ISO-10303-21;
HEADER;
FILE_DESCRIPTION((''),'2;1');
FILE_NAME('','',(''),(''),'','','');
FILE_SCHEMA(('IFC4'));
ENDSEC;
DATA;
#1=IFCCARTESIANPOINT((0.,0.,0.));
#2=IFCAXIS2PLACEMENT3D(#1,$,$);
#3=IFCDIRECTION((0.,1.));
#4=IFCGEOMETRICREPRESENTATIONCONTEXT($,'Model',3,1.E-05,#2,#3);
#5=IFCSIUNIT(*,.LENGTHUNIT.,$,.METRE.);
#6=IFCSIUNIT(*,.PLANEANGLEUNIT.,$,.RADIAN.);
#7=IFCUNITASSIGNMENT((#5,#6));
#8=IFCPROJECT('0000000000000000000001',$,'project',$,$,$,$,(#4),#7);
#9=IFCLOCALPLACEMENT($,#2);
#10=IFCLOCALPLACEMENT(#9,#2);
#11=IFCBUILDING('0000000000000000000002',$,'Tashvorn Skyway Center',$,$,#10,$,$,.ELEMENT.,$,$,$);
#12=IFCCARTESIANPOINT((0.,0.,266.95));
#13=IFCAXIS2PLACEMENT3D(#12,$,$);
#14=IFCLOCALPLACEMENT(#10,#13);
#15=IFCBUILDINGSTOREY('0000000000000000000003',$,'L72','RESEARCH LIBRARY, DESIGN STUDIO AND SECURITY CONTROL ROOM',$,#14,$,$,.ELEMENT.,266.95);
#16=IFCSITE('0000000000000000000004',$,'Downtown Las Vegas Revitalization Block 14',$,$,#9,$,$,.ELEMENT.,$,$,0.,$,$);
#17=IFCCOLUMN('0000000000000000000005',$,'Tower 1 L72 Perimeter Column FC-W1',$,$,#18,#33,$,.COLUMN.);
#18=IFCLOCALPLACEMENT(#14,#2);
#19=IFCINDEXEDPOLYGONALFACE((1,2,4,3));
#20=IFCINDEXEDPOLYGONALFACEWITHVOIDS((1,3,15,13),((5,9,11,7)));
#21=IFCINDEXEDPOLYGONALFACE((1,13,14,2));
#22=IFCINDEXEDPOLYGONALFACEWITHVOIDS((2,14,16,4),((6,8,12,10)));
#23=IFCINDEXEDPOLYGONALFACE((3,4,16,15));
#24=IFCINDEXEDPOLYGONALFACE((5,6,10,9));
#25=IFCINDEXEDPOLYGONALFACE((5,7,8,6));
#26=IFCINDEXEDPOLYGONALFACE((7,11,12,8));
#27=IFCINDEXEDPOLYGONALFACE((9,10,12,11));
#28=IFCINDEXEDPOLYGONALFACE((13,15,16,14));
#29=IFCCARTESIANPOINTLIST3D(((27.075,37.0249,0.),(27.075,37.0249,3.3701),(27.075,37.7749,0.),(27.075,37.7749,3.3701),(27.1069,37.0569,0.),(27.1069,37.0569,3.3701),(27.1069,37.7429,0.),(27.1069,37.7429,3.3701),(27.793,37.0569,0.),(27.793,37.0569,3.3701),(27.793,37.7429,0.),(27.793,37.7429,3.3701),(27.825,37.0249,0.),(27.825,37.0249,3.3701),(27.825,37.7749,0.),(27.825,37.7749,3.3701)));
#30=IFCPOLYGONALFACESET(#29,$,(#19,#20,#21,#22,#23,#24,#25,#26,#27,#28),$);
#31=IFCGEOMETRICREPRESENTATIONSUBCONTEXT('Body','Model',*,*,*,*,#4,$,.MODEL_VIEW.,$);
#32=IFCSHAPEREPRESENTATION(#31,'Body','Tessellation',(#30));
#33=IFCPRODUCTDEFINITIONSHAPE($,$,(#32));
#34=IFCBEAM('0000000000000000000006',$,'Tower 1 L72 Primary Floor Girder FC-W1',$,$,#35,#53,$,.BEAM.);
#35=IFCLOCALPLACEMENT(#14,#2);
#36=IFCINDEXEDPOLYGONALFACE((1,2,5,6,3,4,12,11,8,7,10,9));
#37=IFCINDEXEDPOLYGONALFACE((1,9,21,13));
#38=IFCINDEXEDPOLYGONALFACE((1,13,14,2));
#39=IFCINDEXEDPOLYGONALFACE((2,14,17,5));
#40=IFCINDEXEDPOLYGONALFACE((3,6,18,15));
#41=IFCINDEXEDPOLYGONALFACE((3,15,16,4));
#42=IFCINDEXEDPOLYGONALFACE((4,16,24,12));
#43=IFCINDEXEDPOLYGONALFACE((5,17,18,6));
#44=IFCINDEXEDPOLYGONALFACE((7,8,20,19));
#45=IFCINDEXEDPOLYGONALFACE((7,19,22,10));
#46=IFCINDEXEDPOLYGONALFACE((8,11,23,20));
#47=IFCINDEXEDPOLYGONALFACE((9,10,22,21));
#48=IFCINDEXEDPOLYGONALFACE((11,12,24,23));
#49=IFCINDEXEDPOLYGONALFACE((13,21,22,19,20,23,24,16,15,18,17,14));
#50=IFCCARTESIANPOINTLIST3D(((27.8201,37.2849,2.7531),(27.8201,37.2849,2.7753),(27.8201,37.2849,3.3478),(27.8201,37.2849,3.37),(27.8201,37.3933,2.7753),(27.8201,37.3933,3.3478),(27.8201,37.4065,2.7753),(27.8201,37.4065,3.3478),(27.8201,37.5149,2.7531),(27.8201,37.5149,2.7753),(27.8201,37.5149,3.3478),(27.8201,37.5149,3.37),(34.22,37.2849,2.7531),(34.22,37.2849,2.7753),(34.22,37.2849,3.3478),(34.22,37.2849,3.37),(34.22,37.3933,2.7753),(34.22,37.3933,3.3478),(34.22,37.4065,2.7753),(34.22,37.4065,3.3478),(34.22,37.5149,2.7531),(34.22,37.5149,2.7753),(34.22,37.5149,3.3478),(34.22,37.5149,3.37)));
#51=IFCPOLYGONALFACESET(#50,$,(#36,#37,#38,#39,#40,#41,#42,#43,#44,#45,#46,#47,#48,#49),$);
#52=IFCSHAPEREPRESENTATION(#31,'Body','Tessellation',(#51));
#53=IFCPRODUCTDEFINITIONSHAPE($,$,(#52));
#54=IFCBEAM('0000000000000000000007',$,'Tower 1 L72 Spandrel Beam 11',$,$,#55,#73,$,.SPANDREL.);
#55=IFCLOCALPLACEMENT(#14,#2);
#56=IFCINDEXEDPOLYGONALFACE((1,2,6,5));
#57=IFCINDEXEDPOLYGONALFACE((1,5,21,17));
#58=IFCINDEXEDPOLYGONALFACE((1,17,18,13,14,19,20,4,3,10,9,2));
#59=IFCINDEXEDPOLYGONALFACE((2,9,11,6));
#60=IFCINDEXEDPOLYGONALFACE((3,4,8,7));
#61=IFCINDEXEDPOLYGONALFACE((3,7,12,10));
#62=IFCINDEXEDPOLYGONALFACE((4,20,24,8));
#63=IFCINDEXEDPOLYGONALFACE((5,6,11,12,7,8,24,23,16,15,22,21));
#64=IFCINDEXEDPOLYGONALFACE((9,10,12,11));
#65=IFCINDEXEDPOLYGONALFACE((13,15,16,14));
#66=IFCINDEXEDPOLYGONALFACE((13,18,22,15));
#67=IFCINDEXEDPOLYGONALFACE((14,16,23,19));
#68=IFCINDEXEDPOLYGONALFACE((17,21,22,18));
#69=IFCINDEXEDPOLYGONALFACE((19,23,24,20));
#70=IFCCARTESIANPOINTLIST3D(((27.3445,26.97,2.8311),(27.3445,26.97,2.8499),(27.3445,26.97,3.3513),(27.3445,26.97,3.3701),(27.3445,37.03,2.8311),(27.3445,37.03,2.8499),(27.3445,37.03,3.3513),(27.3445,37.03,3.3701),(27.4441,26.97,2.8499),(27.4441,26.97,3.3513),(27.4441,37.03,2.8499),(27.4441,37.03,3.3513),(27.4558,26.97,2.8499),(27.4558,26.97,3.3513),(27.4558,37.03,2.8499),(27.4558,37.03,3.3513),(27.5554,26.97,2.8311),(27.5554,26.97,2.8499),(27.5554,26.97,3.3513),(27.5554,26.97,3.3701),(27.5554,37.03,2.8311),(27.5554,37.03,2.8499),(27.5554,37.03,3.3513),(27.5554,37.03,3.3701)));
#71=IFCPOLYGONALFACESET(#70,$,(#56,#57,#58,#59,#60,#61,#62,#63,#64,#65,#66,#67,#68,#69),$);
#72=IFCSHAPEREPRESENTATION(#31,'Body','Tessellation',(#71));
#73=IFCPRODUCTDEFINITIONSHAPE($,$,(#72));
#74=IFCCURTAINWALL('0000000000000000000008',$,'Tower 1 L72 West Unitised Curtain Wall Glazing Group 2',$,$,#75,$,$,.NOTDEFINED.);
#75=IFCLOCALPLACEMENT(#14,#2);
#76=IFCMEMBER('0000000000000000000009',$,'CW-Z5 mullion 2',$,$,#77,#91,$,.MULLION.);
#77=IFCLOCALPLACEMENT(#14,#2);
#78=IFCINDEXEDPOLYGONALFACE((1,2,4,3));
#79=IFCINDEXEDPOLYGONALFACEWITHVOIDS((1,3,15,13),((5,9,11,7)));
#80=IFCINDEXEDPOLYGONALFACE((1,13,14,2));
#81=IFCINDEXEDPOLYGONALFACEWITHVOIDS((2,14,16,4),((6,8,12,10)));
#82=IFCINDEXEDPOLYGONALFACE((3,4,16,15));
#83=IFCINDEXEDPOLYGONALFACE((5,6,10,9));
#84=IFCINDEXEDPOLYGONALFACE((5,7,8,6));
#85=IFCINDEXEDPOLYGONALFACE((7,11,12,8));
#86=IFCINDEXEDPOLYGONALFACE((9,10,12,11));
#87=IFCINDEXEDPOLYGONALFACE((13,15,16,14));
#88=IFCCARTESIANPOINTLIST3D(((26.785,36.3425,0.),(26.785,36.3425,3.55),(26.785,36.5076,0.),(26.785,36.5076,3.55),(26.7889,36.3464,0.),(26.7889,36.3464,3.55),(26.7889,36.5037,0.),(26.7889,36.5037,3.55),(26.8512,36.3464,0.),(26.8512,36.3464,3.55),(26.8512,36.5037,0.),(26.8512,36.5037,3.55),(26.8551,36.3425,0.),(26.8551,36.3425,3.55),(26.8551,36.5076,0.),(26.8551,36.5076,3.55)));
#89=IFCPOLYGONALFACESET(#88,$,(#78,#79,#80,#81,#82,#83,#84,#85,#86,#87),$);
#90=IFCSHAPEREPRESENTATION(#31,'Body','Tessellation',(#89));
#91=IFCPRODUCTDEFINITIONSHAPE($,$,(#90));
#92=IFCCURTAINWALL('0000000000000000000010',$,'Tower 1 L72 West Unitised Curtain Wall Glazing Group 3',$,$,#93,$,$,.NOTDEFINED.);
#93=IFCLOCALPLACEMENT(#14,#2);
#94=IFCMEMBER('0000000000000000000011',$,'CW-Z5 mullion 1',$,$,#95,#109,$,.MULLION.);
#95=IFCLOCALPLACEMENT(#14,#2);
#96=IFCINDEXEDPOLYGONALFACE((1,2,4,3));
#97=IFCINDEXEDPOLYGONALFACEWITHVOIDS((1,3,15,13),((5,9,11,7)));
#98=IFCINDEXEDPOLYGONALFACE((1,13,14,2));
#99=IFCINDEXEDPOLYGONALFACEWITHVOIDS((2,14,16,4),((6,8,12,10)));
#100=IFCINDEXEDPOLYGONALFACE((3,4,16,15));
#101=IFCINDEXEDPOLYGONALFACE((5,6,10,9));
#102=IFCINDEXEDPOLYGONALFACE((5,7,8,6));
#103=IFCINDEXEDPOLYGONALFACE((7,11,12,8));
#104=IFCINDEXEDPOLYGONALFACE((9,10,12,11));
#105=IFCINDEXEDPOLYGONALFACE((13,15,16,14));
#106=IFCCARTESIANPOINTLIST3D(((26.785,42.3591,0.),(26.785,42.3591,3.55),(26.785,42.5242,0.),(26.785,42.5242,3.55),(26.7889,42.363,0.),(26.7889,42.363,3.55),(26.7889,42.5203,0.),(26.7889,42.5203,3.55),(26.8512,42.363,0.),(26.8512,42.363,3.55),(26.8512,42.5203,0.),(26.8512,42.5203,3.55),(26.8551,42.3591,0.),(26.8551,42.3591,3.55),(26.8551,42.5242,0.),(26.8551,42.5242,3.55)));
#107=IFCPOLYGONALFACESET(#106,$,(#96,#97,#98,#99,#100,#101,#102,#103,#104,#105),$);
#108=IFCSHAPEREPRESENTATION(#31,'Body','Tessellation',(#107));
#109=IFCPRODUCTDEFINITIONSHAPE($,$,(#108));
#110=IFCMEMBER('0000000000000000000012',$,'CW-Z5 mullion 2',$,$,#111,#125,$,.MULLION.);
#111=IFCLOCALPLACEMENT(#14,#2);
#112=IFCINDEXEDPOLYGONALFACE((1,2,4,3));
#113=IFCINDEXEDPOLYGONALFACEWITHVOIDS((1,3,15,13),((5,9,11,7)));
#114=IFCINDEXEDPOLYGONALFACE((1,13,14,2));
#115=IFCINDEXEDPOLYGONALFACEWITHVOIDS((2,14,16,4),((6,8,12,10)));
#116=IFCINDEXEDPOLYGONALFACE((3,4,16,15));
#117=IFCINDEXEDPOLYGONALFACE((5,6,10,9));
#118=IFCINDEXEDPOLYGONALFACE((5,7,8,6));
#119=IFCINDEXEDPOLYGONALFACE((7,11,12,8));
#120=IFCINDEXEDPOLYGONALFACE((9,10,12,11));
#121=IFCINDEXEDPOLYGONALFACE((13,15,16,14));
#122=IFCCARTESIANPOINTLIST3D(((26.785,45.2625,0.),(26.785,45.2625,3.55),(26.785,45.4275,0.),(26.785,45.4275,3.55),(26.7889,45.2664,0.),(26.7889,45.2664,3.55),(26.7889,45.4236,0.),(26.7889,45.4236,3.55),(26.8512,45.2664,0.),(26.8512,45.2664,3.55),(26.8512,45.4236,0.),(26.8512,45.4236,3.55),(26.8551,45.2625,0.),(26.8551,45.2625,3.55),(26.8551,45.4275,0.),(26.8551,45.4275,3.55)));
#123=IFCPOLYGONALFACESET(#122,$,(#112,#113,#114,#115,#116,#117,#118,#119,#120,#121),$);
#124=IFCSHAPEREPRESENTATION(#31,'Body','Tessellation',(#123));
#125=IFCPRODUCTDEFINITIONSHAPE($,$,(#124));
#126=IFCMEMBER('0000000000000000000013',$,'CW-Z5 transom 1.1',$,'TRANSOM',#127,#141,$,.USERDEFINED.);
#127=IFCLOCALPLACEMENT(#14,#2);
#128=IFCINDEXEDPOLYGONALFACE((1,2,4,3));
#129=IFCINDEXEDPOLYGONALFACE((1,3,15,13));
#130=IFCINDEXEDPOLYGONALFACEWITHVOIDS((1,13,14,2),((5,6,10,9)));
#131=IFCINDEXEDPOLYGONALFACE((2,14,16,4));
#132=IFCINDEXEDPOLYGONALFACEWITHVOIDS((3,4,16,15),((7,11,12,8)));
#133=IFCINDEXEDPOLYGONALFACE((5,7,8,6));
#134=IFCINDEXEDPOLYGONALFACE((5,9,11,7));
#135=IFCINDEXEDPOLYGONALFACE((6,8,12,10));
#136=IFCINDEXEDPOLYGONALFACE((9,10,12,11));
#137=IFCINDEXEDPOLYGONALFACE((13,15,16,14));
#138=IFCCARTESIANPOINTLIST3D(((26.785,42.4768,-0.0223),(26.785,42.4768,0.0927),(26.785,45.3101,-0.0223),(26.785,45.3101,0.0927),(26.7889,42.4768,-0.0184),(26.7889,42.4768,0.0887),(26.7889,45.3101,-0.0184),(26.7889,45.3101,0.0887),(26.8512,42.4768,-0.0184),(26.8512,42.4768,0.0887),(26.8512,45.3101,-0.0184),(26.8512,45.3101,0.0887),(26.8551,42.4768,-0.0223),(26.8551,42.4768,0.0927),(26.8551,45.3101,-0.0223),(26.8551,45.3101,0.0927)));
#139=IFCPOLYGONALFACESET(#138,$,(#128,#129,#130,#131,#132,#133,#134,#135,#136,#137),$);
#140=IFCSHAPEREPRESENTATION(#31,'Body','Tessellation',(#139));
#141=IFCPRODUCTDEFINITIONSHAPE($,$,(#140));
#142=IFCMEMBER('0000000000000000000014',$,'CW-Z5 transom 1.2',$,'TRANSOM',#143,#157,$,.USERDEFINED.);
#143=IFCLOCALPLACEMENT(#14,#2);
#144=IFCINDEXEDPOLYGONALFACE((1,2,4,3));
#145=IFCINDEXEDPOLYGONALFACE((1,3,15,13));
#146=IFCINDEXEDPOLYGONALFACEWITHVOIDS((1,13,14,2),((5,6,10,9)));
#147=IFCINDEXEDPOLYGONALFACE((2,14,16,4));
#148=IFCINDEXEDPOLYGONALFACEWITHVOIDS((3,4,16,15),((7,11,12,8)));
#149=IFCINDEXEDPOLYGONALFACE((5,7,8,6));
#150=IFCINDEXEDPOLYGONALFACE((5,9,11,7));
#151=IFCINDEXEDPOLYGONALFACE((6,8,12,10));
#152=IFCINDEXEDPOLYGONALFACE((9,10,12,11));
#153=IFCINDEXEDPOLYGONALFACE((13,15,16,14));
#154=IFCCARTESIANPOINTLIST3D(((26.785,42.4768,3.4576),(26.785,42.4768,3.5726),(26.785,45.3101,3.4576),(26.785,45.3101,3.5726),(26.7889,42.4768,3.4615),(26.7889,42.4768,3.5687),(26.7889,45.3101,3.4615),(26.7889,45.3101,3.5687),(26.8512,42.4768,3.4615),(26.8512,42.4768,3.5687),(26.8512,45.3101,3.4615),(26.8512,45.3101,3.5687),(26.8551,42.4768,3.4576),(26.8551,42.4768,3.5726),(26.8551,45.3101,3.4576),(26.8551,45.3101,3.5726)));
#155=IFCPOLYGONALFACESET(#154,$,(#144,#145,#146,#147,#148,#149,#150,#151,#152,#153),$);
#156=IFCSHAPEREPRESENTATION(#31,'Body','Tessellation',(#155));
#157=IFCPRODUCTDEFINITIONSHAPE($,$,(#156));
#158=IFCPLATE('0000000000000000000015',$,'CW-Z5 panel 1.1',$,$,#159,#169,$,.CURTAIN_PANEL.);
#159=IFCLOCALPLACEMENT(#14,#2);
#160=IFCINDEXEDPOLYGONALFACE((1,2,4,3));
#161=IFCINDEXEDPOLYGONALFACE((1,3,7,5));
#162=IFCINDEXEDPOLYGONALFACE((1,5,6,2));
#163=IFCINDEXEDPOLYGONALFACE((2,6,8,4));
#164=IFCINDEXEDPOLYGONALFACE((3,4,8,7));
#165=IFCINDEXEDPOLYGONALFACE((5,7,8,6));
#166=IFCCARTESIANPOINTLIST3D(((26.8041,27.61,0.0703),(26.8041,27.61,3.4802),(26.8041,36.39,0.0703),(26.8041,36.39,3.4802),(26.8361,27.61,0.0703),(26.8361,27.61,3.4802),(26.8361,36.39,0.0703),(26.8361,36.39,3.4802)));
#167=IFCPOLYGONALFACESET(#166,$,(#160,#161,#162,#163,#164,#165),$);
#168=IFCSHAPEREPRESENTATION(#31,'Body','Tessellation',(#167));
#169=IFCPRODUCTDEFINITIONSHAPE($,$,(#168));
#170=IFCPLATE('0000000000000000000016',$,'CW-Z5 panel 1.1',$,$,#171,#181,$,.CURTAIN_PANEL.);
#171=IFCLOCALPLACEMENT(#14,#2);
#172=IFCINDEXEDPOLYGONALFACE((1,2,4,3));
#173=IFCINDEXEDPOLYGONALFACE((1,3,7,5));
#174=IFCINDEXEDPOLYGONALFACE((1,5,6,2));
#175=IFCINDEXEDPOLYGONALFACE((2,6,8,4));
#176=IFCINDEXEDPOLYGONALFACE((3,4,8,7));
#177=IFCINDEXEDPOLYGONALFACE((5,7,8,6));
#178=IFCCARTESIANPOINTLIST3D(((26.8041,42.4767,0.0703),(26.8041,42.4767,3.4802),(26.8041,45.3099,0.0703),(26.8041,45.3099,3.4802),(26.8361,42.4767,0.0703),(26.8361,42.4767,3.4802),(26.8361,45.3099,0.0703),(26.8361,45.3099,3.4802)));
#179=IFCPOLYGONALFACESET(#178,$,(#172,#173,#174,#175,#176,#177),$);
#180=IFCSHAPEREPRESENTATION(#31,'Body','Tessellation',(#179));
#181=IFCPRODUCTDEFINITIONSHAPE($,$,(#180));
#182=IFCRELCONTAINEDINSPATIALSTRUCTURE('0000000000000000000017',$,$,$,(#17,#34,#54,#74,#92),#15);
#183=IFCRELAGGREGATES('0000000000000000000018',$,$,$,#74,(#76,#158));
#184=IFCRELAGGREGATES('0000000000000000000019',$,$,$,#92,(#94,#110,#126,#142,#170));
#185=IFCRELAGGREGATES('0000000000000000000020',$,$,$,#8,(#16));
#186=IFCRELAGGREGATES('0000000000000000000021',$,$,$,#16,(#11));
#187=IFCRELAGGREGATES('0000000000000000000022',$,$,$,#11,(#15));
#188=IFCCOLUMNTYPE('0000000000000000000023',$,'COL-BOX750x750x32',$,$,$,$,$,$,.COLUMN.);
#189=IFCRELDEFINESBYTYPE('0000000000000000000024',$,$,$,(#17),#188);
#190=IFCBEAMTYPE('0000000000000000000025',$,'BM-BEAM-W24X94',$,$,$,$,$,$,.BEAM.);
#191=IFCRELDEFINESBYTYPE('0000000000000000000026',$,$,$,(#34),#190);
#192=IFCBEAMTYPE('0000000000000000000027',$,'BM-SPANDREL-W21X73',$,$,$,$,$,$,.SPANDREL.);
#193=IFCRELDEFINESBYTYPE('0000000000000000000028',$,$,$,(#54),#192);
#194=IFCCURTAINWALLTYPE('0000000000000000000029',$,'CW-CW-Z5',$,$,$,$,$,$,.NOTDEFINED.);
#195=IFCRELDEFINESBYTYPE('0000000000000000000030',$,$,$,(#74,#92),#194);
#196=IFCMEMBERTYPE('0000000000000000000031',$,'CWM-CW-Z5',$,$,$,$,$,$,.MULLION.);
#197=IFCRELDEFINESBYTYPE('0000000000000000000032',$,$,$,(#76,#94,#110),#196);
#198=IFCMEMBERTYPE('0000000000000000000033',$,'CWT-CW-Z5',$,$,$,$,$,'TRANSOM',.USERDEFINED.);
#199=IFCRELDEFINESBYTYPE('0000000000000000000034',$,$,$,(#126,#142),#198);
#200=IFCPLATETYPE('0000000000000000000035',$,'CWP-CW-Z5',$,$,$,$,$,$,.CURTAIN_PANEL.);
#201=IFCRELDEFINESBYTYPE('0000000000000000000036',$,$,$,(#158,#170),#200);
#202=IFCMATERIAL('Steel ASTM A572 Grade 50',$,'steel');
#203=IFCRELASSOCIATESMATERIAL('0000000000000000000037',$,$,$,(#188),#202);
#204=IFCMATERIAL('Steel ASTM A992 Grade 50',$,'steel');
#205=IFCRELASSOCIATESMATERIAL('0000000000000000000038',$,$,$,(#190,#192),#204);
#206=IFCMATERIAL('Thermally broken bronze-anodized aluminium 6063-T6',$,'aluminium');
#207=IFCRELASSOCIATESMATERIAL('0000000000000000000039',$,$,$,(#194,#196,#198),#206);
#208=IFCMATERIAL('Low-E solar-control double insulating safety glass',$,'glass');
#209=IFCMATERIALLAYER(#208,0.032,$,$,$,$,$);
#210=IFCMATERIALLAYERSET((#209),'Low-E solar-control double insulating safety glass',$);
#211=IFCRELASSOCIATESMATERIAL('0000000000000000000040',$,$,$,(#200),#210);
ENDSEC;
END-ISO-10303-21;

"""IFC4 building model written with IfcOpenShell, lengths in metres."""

from ifc_helpers import new_model, si_unit, direction, frame, origin, origin_2d, place, context, subcontext, project, spatial, rectangle, hollow_rectangle, i_section, extrude, material, layer, layer_set, material_profile, profile_set, type_object, element, aggregate, save


model = new_model("IFC4")

# Units and contexts
model_context = context("Model", 3, precision=1e-05, world=origin(), true_north=direction((0.0, 1.0)))
body_context = subcontext(model_context, "Body", "Model", "MODEL_VIEW")
ifc_project = project(units=[si_unit("LENGTHUNIT", "METRE"), si_unit("PLANEANGLEUNIT", "RADIAN")], contexts=[model_context])

# Site, building, storey
site_placement = place(None, origin())
site = spatial("IfcSite", under=ifc_project, at=site_placement, Name="Downtown Las Vegas Revitalization Block 14", CompositionType="ELEMENT", RefElevation=0.0)
building_placement = place(site_placement, origin())
building = spatial("IfcBuilding", under=site, at=building_placement, Name="Tashvorn Skyway Center", CompositionType="ELEMENT")
storey_placement = place(building_placement, frame((0.0, 0.0, 266.95)))
storey = spatial("IfcBuildingStorey", under=building, at=storey_placement, Name="L72", Description="RESEARCH LIBRARY, DESIGN STUDIO AND SECURITY CONTROL ROOM", CompositionType="ELEMENT", Elevation=266.95)

# Column
ifc_material_1 = material(Name="Steel ASTM A572 Grade 50", Category="steel")
ifc_material_profile_1 = material_profile(ifc_material_1, hollow_rectangle(XDim=0.75, YDim=0.75, WallThickness=0.032, at=origin_2d()), Name="BOX750x750x32")
ifc_profile_set_1 = profile_set([ifc_material_profile_1], Name="Steel ASTM A572 Grade 50")
column_type = type_object("IfcColumnType", Name="COL-BOX750x750x32", PredefinedType="COLUMN", material=ifc_profile_set_1)
column_placement = place(storey_placement, frame((27.45, 37.3999, 0.0), z_axis=(0.0, 0.0, 1.0), x_axis=(1.0, 0.0, 0.0)))
element("IfcColumn", 1, at=column_placement, inside=storey, type_object=column_type, Name="Tower 1 L72 Perimeter Column FC-W1", PredefinedType="COLUMN", context=body_context, shape_type="SweptSolid", body=[
    extrude(hollow_rectangle(XDim=0.75, YDim=0.75, WallThickness=0.032, at=origin_2d()), origin(), (0.0, 0.0, 1.0), 3.3701),
])

# Beams
ifc_material_2 = material(Name="Steel ASTM A992 Grade 50", Category="steel")
ifc_material_profile_2 = material_profile(ifc_material_2, i_section(OverallWidth=0.23, OverallDepth=0.6169, WebThickness=0.0132, FlangeThickness=0.0222, at=origin_2d()), Name="W24X94")
ifc_profile_set_2 = profile_set([ifc_material_profile_2], Name="Steel ASTM A992 Grade 50")
beam_type_1 = type_object("IfcBeamType", Name="BM-BEAM-W24X94", PredefinedType="BEAM", material=ifc_profile_set_2)
beam_1_placement = place(storey_placement, frame((27.8201, 37.3999, 3.0615), z_axis=(1.0, 0.0, 0.0), x_axis=(0.0, 1.0, 0.0)))
element("IfcBeam", 2, at=beam_1_placement, inside=storey, type_object=beam_type_1, Name="Tower 1 L72 Primary Floor Girder FC-W1", PredefinedType="BEAM", context=body_context, shape_type="SweptSolid", body=[
    extrude(i_section(OverallWidth=0.23, OverallDepth=0.6169, WebThickness=0.0132, FlangeThickness=0.0222, at=origin_2d()), origin(), (0.0, 0.0, 1.0), 6.3999),
])
ifc_material_profile_3 = material_profile(ifc_material_2, i_section(OverallWidth=0.2109, OverallDepth=0.5391, WebThickness=0.0117, FlangeThickness=0.0188, at=origin_2d()), Name="W21X73")
ifc_profile_set_3 = profile_set([ifc_material_profile_3], Name="Steel ASTM A992 Grade 50")
beam_type_2 = type_object("IfcBeamType", Name="BM-SPANDREL-W21X73", PredefinedType="SPANDREL", material=ifc_profile_set_3)
beam_2_placement = place(storey_placement, frame((27.45, 37.03, 3.1006), z_axis=(0.0, -1.0, 0.0), x_axis=(1.0, 0.0, 0.0)))
element("IfcBeam", 3, at=beam_2_placement, inside=storey, type_object=beam_type_2, Name="Tower 1 L72 Spandrel Beam 11", PredefinedType="SPANDREL", context=body_context, shape_type="SweptSolid", body=[
    extrude(i_section(OverallWidth=0.2109, OverallDepth=0.5391, WebThickness=0.0117, FlangeThickness=0.0188, at=origin_2d()), origin(), (0.0, 0.0, 1.0), 10.0601),
])

# Curtain wall, member
ifc_material_3 = material(Name="Thermally broken bronze-anodized aluminium 6063-T6", Category="aluminium")
curtain_wall_type = type_object("IfcCurtainWallType", Name="CW-CW-Z5", PredefinedType="NOTDEFINED", material=ifc_material_3)
curtain_wall_1_placement = place(storey_placement, origin())
curtain_wall_1 = element("IfcCurtainWall", 4, at=curtain_wall_1_placement, inside=storey, type_object=curtain_wall_type, Name="Tower 1 L72 West Unitised Curtain Wall Glazing Group 2", PredefinedType="NOTDEFINED")
ifc_material_profile_4 = material_profile(ifc_material_3, hollow_rectangle(XDim=0.0701, YDim=0.165, WallThickness=0.0039, at=origin_2d()), Name="ALU-MULL-70x165")
ifc_profile_set_4 = profile_set([ifc_material_profile_4], Name="Thermally broken bronze-anodized aluminium 6063-T6")
member_type_1 = type_object("IfcMemberType", Name="CWM-CW-Z5", PredefinedType="MULLION", material=ifc_profile_set_4)
member_1_placement = place(storey_placement, frame((26.8201, 36.425, 0.0), z_axis=(0.0, 0.0, 1.0), x_axis=(-1.0, 0.0, 0.0)))
member_1 = element("IfcMember", 5, at=member_1_placement, type_object=member_type_1, Name="CW-Z5 mullion 2", PredefinedType="MULLION", context=body_context, shape_type="SweptSolid", body=[
    extrude(hollow_rectangle(XDim=0.0701, YDim=0.165, WallThickness=0.0039, at=origin_2d()), origin(), (0.0, 0.0, 1.0), 3.55),
])

# Curtain wall, members
curtain_wall_2_placement = place(storey_placement, origin())
curtain_wall_2 = element("IfcCurtainWall", 6, at=curtain_wall_2_placement, inside=storey, type_object=curtain_wall_type, Name="Tower 1 L72 West Unitised Curtain Wall Glazing Group 3", PredefinedType="NOTDEFINED")
member_2_placement = place(storey_placement, frame((26.8201, 42.4417, 0.0), z_axis=(0.0, 0.0, 1.0), x_axis=(-1.0, 0.0, 0.0)))
member_2 = element("IfcMember", 7, at=member_2_placement, type_object=member_type_1, Name="CW-Z5 mullion 1", PredefinedType="MULLION", context=body_context, shape_type="SweptSolid", body=[
    extrude(hollow_rectangle(XDim=0.0701, YDim=0.165, WallThickness=0.0039, at=origin_2d()), origin(), (0.0, 0.0, 1.0), 3.55),
])
member_3_placement = place(storey_placement, frame((26.8201, 45.345, 0.0), z_axis=(0.0, 0.0, 1.0), x_axis=(-1.0, 0.0, 0.0)))
member_3 = element("IfcMember", 8, at=member_3_placement, type_object=member_type_1, Name="CW-Z5 mullion 2", PredefinedType="MULLION", context=body_context, shape_type="SweptSolid", body=[
    extrude(hollow_rectangle(XDim=0.0701, YDim=0.165, WallThickness=0.0039, at=origin_2d()), origin(), (0.0, 0.0, 1.0), 3.55),
])
ifc_material_profile_5 = material_profile(ifc_material_3, hollow_rectangle(XDim=0.0701, YDim=0.115, WallThickness=0.0039, at=origin_2d()), Name="ALU-TRAN-70x115")
ifc_profile_set_5 = profile_set([ifc_material_profile_5], Name="Thermally broken bronze-anodized aluminium 6063-T6")
member_type_2 = type_object("IfcMemberType", Name="CWT-CW-Z5", ElementType="TRANSOM", PredefinedType="USERDEFINED", material=ifc_profile_set_5)
member_4_placement = place(storey_placement, frame((26.8201, 42.4768, 0.0352), z_axis=(0.0, 1.0, 0.0), x_axis=(-1.0, 0.0, 0.0)))
member_4 = element("IfcMember", 9, at=member_4_placement, type_object=member_type_2, Name="CW-Z5 transom 1.1", ObjectType="TRANSOM", PredefinedType="USERDEFINED", context=body_context, shape_type="SweptSolid", body=[
    extrude(hollow_rectangle(XDim=0.0701, YDim=0.115, WallThickness=0.0039, at=origin_2d()), origin(), (0.0, 0.0, 1.0), 2.8333),
])
member_5_placement = place(storey_placement, frame((26.8201, 42.4768, 3.5151), z_axis=(0.0, 1.0, 0.0), x_axis=(-1.0, 0.0, 0.0)))
member_5 = element("IfcMember", 10, at=member_5_placement, type_object=member_type_2, Name="CW-Z5 transom 1.2", ObjectType="TRANSOM", PredefinedType="USERDEFINED", context=body_context, shape_type="SweptSolid", body=[
    extrude(hollow_rectangle(XDim=0.0701, YDim=0.115, WallThickness=0.0039, at=origin_2d()), origin(), (0.0, 0.0, 1.0), 2.8333),
])

# Plates
ifc_material_4 = material(Name="Low-E solar-control double insulating safety glass", Category="glass")
ifc_layer_1 = layer(ifc_material_4, 0.032)
ifc_layer_set_1 = layer_set([ifc_layer_1], Name="Low-E solar-control double insulating safety glass")
plate_type = type_object("IfcPlateType", Name="CWP-CW-Z5", PredefinedType="CURTAIN_PANEL", material=ifc_layer_set_1)
plate_1_placement = place(storey_placement, frame((26.8201, 32.0, 0.0703), z_axis=(0.0, 0.0, 1.0), x_axis=(0.0, 1.0, 0.0)))
plate_1 = element("IfcPlate", 11, at=plate_1_placement, type_object=plate_type, Name="CW-Z5 panel 1.1", PredefinedType="CURTAIN_PANEL", context=body_context, shape_type="SweptSolid", body=[
    extrude(rectangle(XDim=8.78, YDim=0.032, at=origin_2d()), origin(), (0.0, 0.0, 1.0), 3.4099),
])
aggregate(curtain_wall_1, [member_1, plate_1])
plate_2_placement = place(storey_placement, frame((26.8201, 43.8933, 0.0703), z_axis=(0.0, 0.0, 1.0), x_axis=(0.0, 1.0, 0.0)))
plate_2 = element("IfcPlate", 12, at=plate_2_placement, type_object=plate_type, Name="CW-Z5 panel 1.1", PredefinedType="CURTAIN_PANEL", context=body_context, shape_type="SweptSolid", body=[
    extrude(rectangle(XDim=2.8333, YDim=0.032, at=origin_2d()), origin(), (0.0, 0.0, 1.0), 3.4099),
])
aggregate(curtain_wall_2, [member_2, member_3, member_4, member_5, plate_2])

save(model, "model.ifc")
